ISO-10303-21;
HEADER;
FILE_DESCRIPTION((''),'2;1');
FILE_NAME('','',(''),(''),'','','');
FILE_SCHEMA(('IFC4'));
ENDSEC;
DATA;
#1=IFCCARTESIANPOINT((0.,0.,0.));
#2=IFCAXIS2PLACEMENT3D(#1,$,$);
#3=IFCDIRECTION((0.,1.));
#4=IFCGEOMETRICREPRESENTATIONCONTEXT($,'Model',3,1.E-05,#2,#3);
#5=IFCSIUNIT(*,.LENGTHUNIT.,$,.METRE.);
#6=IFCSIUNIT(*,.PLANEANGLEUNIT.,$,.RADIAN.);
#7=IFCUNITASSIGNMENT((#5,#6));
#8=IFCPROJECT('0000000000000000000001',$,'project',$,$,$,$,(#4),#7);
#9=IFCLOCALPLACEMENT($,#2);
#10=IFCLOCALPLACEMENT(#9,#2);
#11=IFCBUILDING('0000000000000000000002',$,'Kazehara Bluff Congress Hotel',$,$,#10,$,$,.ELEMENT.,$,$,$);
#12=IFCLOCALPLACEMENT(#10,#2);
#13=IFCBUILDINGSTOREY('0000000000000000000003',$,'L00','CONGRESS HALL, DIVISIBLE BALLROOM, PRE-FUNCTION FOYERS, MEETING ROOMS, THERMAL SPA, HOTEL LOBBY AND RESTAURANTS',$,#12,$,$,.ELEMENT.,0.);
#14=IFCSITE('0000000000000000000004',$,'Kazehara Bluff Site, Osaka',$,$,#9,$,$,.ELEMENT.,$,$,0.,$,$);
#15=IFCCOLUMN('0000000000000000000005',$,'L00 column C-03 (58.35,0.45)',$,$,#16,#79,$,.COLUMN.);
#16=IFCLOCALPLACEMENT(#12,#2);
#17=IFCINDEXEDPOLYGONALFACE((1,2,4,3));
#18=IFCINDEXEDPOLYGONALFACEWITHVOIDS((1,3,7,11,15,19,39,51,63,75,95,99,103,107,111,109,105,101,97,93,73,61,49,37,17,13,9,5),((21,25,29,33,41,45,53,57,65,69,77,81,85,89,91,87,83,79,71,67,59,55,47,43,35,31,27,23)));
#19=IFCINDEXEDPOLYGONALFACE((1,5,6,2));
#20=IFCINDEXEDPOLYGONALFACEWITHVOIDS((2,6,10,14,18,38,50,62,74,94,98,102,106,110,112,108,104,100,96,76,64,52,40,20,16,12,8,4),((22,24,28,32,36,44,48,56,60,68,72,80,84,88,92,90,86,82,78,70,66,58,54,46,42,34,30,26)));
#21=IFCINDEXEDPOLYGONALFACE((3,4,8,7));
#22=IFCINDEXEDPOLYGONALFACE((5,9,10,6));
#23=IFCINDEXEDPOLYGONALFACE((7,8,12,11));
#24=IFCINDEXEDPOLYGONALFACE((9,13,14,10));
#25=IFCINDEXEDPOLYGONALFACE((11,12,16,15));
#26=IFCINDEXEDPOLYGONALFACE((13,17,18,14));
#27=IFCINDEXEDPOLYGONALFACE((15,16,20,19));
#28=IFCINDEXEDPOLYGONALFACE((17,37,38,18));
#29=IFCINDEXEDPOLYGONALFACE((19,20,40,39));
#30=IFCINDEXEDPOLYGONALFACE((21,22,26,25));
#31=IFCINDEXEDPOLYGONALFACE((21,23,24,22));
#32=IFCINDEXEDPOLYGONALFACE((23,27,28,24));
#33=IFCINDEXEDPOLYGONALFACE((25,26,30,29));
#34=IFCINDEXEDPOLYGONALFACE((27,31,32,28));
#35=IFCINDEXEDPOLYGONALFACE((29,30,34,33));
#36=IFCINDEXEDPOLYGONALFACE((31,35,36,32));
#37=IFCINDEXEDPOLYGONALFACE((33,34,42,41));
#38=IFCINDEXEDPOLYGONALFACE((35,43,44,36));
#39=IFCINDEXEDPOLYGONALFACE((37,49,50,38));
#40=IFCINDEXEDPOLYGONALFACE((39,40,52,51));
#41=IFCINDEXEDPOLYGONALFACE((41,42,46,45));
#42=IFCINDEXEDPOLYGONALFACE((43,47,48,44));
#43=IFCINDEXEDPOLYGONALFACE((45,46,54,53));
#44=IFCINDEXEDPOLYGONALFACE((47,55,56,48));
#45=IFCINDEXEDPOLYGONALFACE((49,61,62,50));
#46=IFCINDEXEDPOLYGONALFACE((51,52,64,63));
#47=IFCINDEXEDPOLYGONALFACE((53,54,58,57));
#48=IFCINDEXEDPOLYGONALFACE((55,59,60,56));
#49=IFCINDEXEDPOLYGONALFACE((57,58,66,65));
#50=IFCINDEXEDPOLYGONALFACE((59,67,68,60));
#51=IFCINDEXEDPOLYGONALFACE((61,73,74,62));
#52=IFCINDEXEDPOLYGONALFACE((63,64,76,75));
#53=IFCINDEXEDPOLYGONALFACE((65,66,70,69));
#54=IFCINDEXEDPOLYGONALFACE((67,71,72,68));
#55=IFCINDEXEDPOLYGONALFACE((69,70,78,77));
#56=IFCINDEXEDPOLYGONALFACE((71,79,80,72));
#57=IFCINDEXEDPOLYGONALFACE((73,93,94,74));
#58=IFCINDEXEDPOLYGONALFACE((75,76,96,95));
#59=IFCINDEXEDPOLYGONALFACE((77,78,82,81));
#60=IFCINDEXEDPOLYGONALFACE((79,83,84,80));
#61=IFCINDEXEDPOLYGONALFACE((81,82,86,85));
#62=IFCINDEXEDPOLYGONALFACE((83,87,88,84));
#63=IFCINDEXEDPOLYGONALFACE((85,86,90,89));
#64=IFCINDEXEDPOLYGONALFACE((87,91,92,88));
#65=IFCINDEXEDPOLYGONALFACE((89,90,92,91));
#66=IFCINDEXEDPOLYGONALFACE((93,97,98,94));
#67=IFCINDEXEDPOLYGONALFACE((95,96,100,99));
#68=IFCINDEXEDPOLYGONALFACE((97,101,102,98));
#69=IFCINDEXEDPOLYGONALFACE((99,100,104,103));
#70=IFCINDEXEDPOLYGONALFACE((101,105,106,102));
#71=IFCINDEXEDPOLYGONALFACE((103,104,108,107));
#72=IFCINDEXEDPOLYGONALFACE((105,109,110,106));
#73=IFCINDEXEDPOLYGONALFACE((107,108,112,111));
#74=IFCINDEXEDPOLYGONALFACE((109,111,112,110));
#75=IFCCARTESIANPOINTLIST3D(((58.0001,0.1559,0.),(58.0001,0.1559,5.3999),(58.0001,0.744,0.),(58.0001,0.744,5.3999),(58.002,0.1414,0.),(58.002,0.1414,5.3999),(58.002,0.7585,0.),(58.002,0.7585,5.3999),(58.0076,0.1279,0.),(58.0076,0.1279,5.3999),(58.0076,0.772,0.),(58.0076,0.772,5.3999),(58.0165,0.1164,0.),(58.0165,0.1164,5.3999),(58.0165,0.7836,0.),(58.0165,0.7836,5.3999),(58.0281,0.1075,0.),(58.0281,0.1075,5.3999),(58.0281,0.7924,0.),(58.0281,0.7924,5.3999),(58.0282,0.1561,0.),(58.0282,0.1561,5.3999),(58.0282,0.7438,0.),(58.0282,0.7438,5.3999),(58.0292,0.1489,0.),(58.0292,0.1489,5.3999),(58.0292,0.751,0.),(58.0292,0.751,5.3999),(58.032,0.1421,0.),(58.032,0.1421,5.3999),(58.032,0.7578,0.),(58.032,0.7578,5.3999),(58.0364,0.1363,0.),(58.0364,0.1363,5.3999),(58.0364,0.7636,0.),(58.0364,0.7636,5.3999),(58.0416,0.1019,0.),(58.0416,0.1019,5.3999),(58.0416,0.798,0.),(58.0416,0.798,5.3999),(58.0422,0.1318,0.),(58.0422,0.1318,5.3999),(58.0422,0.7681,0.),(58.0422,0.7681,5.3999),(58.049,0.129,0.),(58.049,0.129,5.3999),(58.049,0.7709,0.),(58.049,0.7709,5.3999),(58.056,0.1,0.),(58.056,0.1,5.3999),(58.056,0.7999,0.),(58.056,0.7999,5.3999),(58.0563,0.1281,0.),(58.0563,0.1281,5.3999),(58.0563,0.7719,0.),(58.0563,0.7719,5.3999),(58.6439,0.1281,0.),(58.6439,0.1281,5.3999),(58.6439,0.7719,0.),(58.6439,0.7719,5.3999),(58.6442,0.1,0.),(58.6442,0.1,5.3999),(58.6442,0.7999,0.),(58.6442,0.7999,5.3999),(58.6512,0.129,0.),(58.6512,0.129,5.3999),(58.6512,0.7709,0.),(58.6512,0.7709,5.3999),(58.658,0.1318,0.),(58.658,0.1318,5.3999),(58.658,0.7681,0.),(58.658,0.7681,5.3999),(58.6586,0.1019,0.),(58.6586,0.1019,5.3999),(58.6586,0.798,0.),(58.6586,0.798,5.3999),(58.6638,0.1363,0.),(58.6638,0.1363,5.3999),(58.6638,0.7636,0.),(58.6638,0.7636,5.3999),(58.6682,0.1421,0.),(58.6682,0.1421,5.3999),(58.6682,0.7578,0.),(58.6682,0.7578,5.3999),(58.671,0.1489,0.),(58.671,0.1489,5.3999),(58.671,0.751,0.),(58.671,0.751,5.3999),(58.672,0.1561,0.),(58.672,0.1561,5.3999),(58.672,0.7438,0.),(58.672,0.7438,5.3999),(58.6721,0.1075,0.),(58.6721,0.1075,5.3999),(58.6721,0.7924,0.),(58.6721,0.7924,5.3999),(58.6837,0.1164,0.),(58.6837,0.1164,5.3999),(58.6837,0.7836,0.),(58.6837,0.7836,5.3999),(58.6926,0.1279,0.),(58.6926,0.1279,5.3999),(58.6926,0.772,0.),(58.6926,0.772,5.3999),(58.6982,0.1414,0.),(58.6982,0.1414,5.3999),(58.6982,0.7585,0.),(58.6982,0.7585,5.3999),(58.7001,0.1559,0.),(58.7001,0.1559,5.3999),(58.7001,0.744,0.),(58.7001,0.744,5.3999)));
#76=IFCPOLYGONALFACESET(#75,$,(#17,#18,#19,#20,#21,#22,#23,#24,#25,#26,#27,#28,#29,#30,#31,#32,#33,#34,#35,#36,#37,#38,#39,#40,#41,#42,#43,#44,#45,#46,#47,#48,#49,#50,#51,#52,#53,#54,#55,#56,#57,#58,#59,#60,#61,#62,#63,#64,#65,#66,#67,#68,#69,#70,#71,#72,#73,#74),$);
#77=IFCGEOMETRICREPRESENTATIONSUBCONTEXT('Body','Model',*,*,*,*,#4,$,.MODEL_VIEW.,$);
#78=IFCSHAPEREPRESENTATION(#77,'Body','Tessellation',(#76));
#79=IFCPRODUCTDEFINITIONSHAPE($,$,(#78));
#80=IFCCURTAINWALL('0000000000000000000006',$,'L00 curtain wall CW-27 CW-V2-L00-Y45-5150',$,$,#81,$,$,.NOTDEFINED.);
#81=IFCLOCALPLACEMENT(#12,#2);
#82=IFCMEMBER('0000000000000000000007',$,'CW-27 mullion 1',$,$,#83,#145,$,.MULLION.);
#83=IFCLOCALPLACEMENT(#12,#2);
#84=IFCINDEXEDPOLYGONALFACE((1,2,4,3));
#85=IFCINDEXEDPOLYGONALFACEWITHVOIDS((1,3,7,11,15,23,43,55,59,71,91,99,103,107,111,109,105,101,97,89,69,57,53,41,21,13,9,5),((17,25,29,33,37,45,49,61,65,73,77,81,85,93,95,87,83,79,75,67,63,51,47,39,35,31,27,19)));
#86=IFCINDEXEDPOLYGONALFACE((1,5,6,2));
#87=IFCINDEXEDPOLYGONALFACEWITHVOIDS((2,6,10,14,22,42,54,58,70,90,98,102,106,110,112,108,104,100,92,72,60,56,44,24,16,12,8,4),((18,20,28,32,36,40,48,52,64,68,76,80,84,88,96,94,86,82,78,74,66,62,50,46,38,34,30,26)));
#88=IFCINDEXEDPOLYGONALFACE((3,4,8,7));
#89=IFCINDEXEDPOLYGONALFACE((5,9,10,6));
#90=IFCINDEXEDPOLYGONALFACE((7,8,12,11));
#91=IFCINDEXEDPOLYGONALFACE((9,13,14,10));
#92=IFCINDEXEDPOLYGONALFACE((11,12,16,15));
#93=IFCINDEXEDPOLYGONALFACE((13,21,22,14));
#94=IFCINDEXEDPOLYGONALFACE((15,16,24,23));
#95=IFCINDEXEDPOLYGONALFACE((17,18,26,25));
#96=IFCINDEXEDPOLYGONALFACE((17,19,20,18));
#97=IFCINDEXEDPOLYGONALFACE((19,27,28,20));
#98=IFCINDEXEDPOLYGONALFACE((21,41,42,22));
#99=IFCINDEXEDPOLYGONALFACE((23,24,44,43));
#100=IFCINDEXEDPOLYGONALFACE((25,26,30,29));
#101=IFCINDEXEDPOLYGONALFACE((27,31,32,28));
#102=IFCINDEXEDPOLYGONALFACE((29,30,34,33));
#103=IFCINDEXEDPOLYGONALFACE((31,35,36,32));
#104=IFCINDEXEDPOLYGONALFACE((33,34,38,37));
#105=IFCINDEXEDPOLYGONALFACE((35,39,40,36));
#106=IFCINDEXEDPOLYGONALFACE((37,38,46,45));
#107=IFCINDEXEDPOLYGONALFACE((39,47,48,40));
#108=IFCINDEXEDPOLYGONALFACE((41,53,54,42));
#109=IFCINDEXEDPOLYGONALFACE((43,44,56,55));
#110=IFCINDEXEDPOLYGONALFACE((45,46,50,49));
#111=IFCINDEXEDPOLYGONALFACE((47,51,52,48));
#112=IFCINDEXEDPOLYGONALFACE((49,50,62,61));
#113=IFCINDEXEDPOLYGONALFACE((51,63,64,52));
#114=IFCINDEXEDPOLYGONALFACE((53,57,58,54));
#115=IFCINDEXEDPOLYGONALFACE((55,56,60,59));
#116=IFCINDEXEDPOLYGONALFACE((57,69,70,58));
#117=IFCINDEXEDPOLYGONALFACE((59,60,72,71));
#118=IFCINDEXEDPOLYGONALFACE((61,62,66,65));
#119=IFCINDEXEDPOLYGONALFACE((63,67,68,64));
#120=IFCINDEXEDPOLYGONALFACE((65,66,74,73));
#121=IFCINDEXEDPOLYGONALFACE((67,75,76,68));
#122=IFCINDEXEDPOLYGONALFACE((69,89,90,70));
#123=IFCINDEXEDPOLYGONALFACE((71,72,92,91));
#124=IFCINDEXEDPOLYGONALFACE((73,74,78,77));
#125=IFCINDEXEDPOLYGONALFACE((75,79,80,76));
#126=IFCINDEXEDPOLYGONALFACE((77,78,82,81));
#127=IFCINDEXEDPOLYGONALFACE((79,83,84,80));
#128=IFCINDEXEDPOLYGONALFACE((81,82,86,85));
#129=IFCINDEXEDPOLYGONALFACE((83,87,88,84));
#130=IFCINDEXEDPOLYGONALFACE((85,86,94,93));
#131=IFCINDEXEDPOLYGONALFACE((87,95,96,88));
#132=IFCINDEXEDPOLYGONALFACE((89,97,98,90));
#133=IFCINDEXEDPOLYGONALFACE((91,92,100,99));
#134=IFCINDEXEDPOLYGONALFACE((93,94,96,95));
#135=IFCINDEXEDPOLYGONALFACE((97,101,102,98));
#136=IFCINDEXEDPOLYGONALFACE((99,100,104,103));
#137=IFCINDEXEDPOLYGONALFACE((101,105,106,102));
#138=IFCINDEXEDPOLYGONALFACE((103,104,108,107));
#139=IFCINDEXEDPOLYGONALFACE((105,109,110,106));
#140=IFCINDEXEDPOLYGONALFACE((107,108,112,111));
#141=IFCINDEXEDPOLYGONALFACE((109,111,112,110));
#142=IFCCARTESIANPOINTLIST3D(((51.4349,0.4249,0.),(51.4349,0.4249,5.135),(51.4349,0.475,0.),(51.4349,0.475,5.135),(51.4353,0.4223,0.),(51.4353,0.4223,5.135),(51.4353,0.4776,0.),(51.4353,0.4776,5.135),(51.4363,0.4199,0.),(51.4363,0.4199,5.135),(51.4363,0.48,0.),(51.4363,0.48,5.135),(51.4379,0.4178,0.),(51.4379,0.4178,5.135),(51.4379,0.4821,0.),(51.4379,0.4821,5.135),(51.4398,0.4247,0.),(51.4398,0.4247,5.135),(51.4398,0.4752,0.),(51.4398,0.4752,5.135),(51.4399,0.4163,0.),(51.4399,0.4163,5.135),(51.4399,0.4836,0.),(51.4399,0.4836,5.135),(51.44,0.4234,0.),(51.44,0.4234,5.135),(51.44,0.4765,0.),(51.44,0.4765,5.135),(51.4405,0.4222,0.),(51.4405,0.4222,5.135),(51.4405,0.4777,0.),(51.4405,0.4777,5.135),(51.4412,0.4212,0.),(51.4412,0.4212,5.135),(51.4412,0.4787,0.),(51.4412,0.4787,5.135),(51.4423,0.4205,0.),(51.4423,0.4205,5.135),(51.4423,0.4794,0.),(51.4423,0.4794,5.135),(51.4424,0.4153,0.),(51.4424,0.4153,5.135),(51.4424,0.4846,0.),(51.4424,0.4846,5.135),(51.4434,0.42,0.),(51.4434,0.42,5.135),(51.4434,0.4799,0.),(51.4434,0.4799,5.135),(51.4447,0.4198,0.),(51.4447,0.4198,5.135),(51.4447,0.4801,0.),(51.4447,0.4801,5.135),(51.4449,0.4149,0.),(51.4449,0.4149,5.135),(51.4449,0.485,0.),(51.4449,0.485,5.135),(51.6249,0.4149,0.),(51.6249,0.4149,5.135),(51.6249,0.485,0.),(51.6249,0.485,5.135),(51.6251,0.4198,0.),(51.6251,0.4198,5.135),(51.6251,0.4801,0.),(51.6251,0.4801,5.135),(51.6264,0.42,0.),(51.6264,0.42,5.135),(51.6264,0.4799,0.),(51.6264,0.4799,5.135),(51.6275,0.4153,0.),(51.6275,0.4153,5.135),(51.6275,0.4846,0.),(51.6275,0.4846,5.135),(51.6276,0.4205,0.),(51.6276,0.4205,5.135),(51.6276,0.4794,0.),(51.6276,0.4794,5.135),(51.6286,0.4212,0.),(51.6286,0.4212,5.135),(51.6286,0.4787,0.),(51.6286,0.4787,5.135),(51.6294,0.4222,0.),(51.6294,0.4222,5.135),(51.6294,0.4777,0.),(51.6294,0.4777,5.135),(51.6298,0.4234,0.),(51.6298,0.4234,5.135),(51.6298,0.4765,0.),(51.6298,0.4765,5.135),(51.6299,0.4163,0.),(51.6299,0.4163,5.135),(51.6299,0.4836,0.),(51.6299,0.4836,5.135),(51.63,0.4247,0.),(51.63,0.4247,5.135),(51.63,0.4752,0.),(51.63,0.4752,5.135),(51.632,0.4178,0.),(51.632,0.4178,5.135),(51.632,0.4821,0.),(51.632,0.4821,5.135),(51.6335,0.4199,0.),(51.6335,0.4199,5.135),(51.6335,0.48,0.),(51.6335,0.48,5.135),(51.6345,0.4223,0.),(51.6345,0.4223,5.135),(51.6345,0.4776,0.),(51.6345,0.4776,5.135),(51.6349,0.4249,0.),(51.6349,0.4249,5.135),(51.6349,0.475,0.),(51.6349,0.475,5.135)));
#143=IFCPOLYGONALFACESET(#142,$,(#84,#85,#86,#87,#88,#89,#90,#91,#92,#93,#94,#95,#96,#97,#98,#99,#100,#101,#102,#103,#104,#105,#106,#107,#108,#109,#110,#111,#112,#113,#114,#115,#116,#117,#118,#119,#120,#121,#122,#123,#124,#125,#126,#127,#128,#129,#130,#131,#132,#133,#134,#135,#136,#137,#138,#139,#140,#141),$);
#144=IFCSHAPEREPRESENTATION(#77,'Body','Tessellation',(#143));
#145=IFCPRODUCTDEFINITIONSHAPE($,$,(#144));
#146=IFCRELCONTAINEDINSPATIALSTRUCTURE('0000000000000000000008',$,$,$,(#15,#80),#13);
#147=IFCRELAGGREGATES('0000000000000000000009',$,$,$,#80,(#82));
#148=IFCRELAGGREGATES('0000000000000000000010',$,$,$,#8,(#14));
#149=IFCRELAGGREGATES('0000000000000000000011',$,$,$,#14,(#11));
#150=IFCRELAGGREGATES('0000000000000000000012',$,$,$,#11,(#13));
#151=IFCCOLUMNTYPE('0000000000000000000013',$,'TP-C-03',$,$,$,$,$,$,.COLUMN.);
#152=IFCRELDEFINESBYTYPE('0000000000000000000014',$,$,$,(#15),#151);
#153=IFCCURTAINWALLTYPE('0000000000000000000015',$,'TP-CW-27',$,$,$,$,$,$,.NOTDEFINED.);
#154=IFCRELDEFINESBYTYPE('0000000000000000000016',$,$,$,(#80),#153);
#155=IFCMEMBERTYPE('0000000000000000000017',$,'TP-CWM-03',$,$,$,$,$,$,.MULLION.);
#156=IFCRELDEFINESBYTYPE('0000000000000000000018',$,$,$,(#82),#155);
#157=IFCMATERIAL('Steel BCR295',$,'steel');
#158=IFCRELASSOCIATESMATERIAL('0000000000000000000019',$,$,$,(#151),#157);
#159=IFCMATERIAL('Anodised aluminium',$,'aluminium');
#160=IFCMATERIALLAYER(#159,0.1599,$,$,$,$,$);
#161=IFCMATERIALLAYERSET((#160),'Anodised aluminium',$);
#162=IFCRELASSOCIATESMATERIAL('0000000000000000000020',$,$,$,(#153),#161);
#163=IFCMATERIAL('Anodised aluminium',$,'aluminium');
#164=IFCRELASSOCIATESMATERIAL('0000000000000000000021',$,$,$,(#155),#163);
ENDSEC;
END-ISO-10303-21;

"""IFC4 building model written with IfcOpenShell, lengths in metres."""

from ifc_helpers import new_model, si_unit, direction, frame, origin, origin_2d, place, context, subcontext, project, spatial, hollow_rectangle, extrude, material, layer, layer_set, material_profile, profile_set, type_object, element, aggregate, save


model = new_model("IFC4")

# Units and contexts
model_context = context("Model", 3, precision=1e-05, world=origin(), true_north=direction((0.0, 1.0)))
body_context = subcontext(model_context, "Body", "Model", "MODEL_VIEW")
ifc_project = project(units=[si_unit("LENGTHUNIT", "METRE"), si_unit("PLANEANGLEUNIT", "RADIAN")], contexts=[model_context])

# Site, building, storey
site_placement = place(None, origin())
site = spatial("IfcSite", under=ifc_project, at=site_placement, Name="Kazehara Bluff Site, Osaka", CompositionType="ELEMENT", RefElevation=0.0)
building_placement = place(site_placement, origin())
building = spatial("IfcBuilding", under=site, at=building_placement, Name="Kazehara Bluff Congress Hotel", CompositionType="ELEMENT")
storey_placement = place(building_placement, origin())
storey = spatial("IfcBuildingStorey", under=building, at=storey_placement, Name="L00", Description="CONGRESS HALL, DIVISIBLE BALLROOM, PRE-FUNCTION FOYERS, MEETING ROOMS, THERMAL SPA, HOTEL LOBBY AND RESTAURANTS", CompositionType="ELEMENT", Elevation=0.0)

# Column
ifc_material_1 = material(Name="Steel BCR295", Category="steel")
ifc_material_profile_1 = material_profile(ifc_material_1, hollow_rectangle(XDim=0.7, YDim=0.7, WallThickness=0.0281, InnerFilletRadius=0.0281, OuterFilletRadius=0.0559, at=origin_2d()))
ifc_profile_set_1 = profile_set([ifc_material_profile_1], Name="Steel BCR295")
column_type = type_object("IfcColumnType", Name="TP-C-03", PredefinedType="COLUMN", material=ifc_profile_set_1)
column_placement = place(storey_placement, frame((58.3501, 0.45, 0.0), z_axis=(0.0, 0.0, 1.0), x_axis=(1.0, 0.0, 0.0)))
element("IfcColumn", 1, at=column_placement, inside=storey, type_object=column_type, Name="L00 column C-03 (58.35,0.45)", PredefinedType="COLUMN", context=body_context, shape_type="SweptSolid", body=[
    extrude(hollow_rectangle(XDim=0.7, YDim=0.7, WallThickness=0.0281, InnerFilletRadius=0.0281, OuterFilletRadius=0.0559, at=origin_2d()), origin(), (0.0, 0.0, 1.0), 5.3999),
])

# Curtain wall, member
ifc_material_2 = material(Name="Anodised aluminium", Category="aluminium")
ifc_layer_1 = layer(ifc_material_2, 0.1599)
ifc_layer_set_1 = layer_set([ifc_layer_1], Name="Anodised aluminium")
curtain_wall_type_1 = type_object("IfcCurtainWallType", Name="TP-CW-27", PredefinedType="NOTDEFINED", material=ifc_layer_set_1)
curtain_wall_1_placement = place(storey_placement, origin())
curtain_wall_1 = element("IfcCurtainWall", 2, at=curtain_wall_1_placement, inside=storey, type_object=curtain_wall_type_1, Name="L00 curtain wall CW-27 CW-V2-L00-Y45-5150", PredefinedType="NOTDEFINED")
ifc_material_3 = material(Name="Anodised aluminium", Category="aluminium")
ifc_material_profile_2 = material_profile(ifc_material_3, hollow_rectangle(XDim=0.0701, YDim=0.2, WallThickness=0.0049, InnerFilletRadius=0.0049, OuterFilletRadius=0.01, at=origin_2d()))
ifc_profile_set_2 = profile_set([ifc_material_profile_2], Name="Anodised aluminium")
member_type_1 = type_object("IfcMemberType", Name="TP-CWM-03", PredefinedType="MULLION", material=ifc_profile_set_2)
member_1_placement = place(storey_placement, frame((51.5349, 0.45, 0.0), z_axis=(0.0, 0.0, 1.0), x_axis=(0.0, 1.0, 0.0)))
member_1 = element("IfcMember", 3, at=member_1_placement, type_object=member_type_1, Name="CW-27 mullion 1", PredefinedType="MULLION", context=body_context, shape_type="SweptSolid", body=[
    extrude(hollow_rectangle(XDim=0.0701, YDim=0.2, WallThickness=0.0049, InnerFilletRadius=0.0049, OuterFilletRadius=0.01, at=origin_2d()), origin(), (0.0, 0.0, 1.0), 5.135),
])

aggregate(curtain_wall_1, [member_1])

save(model, "model.ifc")
